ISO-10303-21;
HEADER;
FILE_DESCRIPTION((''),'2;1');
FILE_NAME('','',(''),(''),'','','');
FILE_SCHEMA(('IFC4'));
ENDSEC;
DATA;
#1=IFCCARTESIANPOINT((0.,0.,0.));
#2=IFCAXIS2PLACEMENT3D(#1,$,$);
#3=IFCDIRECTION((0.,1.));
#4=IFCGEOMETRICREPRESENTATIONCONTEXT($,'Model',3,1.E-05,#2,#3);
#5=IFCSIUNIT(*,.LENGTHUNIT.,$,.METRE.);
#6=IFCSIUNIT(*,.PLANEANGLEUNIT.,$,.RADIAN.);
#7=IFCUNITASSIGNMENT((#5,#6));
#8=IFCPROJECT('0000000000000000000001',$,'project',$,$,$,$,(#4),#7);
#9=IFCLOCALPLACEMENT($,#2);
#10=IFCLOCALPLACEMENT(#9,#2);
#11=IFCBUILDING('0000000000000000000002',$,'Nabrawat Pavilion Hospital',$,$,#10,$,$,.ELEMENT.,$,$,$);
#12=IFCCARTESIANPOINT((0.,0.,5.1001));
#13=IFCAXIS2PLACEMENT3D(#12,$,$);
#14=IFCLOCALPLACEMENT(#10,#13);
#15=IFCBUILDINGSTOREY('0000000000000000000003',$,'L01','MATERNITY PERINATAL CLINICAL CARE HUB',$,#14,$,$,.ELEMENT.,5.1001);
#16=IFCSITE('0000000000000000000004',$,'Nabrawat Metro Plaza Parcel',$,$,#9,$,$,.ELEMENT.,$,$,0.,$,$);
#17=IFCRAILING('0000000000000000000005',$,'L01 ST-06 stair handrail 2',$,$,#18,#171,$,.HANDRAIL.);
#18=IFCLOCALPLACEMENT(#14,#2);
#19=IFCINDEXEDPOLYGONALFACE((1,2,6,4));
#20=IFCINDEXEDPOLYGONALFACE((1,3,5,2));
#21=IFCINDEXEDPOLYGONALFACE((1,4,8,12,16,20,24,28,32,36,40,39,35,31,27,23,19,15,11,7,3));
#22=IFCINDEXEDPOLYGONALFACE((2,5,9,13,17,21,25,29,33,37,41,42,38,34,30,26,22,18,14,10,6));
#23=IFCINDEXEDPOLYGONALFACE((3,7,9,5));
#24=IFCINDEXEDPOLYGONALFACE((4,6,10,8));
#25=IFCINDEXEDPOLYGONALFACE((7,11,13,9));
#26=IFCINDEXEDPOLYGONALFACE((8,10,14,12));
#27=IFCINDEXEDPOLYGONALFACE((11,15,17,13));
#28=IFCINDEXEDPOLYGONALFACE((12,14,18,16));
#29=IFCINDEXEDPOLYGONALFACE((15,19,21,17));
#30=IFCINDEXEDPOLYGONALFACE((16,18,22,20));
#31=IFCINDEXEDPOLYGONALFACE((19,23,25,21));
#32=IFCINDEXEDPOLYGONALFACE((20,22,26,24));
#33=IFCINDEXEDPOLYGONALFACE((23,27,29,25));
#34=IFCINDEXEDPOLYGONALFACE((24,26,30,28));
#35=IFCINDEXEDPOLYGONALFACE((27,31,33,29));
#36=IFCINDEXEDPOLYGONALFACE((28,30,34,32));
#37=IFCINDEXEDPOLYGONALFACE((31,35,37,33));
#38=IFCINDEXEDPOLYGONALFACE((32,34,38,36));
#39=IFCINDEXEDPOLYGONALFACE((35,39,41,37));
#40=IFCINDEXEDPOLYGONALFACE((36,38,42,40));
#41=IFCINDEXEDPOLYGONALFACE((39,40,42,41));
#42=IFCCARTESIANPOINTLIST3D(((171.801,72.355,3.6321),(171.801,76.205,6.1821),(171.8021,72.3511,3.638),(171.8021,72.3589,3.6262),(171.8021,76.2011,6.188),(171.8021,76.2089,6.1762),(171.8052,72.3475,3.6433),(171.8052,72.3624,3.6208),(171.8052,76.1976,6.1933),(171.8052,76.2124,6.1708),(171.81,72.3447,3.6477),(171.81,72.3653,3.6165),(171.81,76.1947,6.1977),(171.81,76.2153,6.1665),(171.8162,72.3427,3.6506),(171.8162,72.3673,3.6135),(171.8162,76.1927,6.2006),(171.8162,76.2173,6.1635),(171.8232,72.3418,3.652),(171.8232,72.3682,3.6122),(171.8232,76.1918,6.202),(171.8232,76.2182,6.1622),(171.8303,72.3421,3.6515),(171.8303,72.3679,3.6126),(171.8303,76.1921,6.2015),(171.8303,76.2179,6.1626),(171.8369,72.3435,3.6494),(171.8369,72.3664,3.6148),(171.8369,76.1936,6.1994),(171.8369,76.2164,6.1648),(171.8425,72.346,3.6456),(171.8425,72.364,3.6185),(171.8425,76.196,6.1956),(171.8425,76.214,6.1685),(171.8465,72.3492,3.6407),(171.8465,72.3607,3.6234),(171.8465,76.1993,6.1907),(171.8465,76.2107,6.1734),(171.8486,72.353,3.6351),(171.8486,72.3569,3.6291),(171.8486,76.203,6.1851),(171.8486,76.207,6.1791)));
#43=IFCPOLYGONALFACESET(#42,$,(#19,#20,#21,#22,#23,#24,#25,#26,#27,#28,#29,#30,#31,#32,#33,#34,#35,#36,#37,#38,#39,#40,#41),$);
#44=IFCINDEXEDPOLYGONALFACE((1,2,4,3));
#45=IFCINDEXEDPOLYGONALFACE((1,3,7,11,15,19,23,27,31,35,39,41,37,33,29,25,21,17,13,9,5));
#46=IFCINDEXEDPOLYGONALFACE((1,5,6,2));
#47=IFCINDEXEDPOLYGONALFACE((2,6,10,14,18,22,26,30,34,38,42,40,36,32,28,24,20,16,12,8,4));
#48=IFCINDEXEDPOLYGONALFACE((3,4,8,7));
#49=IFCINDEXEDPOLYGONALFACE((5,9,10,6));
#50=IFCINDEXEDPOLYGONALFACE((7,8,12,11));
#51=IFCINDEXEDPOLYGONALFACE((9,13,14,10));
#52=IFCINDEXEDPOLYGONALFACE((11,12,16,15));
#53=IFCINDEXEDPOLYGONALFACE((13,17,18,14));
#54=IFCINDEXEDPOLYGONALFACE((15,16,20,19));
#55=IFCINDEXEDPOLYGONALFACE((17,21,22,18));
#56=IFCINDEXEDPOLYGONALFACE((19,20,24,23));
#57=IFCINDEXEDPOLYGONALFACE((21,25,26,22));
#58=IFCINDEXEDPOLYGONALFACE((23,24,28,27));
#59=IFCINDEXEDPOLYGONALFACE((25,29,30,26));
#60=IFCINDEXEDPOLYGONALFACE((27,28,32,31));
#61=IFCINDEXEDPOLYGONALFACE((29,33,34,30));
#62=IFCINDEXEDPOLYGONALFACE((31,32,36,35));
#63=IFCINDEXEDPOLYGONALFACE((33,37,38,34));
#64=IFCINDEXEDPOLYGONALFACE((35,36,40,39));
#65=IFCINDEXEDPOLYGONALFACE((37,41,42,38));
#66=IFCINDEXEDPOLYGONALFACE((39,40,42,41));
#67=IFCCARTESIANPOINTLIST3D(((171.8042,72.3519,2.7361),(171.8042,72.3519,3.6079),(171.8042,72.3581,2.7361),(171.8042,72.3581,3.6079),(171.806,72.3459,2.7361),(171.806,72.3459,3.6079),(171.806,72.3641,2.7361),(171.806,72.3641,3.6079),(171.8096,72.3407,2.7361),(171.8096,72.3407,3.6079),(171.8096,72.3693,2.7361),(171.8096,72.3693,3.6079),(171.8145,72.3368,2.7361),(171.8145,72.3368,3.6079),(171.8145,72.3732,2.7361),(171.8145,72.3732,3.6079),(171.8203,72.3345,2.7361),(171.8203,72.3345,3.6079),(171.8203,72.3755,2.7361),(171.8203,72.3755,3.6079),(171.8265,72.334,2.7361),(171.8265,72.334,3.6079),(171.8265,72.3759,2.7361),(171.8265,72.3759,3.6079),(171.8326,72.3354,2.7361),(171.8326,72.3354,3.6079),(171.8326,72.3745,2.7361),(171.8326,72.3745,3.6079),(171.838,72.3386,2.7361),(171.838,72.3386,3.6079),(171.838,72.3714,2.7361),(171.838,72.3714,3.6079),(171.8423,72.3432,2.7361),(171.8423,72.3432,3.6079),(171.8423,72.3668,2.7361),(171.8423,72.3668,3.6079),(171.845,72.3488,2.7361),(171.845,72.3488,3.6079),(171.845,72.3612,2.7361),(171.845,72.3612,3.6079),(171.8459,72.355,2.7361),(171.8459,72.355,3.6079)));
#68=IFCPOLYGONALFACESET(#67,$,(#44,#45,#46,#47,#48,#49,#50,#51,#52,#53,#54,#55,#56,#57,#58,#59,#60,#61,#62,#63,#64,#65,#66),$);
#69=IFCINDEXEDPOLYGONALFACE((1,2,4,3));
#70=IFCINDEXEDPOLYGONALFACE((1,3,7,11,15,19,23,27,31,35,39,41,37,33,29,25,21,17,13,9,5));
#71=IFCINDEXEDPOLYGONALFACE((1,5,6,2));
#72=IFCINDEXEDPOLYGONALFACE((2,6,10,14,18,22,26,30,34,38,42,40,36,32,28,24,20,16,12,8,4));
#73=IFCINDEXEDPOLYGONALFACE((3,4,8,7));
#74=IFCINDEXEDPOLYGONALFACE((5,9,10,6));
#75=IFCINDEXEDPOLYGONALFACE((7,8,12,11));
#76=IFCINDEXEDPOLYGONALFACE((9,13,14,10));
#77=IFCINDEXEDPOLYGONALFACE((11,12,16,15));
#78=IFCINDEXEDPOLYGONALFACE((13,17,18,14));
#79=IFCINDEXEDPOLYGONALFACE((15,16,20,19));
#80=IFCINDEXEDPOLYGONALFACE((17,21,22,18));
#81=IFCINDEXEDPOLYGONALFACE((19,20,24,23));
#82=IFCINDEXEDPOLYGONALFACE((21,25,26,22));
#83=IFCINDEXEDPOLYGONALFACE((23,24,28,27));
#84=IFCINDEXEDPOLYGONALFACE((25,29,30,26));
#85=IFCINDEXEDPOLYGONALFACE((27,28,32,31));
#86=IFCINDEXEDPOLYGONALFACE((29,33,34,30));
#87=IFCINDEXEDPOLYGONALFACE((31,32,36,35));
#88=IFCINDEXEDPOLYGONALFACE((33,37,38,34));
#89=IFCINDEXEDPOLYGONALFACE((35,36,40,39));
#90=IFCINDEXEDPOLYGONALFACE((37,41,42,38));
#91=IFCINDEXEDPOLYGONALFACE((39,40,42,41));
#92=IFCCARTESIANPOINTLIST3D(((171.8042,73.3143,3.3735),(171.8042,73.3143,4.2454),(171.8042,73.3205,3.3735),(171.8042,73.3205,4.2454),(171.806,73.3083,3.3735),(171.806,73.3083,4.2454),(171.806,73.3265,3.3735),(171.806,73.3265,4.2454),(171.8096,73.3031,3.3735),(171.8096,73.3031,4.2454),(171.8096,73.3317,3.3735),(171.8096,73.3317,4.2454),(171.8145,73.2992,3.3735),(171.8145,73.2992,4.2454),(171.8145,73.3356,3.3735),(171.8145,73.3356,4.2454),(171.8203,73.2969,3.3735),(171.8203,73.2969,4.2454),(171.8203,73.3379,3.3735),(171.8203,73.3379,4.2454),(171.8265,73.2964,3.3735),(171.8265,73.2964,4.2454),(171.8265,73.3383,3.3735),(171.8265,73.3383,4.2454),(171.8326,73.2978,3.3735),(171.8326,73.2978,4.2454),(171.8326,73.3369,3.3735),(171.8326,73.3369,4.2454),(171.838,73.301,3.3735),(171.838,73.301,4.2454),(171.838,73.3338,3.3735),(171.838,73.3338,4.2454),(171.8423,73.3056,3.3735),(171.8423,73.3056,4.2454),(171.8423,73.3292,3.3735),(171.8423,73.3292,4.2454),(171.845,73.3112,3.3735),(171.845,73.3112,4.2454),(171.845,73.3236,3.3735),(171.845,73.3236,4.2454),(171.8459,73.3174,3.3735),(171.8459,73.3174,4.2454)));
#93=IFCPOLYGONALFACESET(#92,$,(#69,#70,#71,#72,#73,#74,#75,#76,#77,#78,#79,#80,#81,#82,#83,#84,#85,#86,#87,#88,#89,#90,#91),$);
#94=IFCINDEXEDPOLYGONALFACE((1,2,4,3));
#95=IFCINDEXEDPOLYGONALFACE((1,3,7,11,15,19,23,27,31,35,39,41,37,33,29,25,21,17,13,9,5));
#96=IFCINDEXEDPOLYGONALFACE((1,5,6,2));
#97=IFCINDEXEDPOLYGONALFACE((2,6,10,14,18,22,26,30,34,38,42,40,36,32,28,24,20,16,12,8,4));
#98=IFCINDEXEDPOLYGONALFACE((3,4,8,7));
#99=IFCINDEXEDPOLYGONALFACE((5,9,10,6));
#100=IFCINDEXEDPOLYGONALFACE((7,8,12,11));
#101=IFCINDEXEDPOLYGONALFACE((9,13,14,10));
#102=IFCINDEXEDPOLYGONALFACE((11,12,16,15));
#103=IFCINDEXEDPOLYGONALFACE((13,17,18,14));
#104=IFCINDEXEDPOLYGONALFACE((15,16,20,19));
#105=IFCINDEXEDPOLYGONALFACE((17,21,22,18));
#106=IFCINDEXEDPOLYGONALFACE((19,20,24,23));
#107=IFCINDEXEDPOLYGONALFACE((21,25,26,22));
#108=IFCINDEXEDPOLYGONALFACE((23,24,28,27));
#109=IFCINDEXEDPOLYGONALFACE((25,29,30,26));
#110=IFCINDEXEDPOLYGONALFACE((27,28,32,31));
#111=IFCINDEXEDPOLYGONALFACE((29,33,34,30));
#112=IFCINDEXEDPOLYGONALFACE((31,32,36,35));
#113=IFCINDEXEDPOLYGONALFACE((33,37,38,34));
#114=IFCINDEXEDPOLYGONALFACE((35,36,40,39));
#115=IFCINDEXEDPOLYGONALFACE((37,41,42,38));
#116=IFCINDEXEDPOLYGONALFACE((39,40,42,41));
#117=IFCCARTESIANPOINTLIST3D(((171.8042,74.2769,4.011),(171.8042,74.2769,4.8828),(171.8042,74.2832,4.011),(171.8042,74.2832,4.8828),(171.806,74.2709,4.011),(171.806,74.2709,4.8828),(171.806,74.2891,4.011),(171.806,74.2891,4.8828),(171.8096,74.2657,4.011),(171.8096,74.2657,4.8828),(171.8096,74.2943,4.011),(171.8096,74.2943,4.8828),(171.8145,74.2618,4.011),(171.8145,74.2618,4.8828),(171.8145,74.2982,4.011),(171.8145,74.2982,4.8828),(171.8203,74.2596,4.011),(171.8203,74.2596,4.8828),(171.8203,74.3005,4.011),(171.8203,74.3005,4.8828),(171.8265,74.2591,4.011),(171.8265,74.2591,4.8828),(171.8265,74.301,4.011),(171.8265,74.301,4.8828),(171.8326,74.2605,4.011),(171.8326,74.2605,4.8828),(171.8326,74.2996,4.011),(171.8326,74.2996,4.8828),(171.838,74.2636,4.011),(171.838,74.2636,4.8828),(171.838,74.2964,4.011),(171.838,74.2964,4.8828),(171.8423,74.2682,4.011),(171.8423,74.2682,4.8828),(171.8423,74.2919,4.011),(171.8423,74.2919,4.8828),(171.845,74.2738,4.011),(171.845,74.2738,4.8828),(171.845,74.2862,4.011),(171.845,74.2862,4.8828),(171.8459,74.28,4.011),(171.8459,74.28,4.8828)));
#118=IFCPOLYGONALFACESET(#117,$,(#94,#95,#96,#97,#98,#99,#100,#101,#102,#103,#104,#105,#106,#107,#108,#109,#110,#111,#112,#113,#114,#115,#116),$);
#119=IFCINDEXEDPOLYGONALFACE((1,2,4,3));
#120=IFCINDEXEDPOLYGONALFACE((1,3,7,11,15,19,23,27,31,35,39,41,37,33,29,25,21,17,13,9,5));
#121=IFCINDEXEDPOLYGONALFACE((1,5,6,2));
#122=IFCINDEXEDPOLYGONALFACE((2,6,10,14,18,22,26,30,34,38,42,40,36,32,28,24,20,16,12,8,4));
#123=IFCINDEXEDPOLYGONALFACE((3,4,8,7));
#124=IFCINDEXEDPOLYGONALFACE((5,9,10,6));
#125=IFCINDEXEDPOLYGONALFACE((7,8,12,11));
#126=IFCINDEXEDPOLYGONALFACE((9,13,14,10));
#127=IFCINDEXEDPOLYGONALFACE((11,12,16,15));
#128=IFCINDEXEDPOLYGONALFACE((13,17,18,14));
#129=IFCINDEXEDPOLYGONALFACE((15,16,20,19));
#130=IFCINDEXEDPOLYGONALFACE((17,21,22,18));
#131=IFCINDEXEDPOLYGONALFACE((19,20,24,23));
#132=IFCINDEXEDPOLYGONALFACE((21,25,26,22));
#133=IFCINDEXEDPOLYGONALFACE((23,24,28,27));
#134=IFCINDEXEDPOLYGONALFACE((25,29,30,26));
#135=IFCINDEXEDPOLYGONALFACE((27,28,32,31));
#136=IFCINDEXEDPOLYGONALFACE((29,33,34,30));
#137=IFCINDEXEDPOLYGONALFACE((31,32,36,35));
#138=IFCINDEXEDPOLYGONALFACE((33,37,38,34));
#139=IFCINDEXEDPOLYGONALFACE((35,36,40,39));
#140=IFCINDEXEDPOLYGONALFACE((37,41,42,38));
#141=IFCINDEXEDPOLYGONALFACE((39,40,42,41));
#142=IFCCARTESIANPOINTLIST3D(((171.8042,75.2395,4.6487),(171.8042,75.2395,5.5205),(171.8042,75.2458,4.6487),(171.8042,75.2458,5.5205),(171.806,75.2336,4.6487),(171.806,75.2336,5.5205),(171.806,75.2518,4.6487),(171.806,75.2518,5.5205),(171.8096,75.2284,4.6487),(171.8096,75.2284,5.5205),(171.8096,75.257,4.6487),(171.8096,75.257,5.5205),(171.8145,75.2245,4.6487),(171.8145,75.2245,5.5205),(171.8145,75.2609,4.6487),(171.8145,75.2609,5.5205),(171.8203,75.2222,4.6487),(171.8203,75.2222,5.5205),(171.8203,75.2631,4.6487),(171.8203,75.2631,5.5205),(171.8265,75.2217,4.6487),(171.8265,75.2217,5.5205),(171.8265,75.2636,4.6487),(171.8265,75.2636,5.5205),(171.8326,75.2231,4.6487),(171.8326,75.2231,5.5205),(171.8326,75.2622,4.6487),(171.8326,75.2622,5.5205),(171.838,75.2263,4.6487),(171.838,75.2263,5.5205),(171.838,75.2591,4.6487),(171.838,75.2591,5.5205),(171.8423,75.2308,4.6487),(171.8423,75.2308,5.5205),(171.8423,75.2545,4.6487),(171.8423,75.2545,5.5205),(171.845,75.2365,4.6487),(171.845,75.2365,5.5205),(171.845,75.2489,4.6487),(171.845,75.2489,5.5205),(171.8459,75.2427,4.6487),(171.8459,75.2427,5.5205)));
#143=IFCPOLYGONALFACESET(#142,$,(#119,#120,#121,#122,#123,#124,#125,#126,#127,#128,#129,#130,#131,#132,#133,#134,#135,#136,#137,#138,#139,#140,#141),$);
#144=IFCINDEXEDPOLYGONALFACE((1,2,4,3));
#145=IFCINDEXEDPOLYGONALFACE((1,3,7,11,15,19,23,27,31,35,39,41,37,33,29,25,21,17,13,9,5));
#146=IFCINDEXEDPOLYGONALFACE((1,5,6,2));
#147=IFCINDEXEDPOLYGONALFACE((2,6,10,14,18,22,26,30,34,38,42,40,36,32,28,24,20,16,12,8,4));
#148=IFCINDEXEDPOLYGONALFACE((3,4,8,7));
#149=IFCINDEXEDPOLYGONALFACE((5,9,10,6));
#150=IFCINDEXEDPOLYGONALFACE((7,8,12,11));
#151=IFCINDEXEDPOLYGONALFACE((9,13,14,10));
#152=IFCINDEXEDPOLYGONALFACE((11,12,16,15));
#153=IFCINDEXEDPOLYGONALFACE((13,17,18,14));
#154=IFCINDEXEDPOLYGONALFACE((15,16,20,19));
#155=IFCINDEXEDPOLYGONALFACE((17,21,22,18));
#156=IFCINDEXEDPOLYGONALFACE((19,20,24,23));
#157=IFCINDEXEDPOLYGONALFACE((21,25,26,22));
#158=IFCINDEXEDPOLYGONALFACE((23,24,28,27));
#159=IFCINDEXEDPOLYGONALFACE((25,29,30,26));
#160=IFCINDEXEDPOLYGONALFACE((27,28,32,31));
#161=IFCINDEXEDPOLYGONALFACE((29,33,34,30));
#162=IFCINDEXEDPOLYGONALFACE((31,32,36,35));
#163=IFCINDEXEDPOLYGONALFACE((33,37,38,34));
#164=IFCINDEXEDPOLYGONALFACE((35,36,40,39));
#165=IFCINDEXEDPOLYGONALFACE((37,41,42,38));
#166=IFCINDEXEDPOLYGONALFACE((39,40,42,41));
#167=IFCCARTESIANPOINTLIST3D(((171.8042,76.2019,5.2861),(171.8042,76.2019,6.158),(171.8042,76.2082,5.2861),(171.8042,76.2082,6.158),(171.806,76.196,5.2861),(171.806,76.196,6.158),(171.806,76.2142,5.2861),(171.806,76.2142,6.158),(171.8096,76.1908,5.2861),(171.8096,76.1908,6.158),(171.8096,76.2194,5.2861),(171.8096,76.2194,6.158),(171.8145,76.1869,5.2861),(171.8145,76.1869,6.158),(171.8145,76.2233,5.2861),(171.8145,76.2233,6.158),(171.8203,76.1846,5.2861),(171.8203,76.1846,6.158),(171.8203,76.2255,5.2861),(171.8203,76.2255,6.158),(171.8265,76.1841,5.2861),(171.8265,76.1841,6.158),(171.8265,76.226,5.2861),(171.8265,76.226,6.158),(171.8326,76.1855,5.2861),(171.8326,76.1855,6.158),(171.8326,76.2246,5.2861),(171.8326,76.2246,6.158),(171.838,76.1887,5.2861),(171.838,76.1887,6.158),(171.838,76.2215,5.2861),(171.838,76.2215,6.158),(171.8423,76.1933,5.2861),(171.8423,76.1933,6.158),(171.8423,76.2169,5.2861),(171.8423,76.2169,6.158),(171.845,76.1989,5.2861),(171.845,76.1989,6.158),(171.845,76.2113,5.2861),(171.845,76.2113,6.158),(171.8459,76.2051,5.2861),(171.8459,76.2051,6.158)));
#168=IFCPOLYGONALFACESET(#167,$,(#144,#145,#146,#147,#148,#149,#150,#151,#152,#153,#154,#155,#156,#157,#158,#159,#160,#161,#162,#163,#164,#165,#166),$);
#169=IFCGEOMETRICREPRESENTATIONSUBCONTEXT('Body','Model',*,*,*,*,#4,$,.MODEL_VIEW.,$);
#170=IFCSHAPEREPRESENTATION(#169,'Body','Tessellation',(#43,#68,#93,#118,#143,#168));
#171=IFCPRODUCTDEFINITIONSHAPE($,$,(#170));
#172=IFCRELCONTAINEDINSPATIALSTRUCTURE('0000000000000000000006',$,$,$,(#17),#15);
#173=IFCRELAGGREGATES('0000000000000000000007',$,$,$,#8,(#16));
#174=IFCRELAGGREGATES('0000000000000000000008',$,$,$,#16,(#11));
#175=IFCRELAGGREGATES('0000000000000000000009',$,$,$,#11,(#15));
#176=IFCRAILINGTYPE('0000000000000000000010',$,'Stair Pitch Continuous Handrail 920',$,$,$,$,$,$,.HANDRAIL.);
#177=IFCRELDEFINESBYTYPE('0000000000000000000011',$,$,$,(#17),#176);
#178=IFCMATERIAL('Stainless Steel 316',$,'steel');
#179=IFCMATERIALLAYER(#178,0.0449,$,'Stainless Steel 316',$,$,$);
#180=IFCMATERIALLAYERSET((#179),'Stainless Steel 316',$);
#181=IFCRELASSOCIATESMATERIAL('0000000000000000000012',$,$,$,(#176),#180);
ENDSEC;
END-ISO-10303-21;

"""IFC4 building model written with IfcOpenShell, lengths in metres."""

from ifc_helpers import new_model, si_unit, direction, frame, origin, origin_2d, place, context, subcontext, project, spatial, circle, extrude, material, layer, layer_set, type_object, element, save


model = new_model("IFC4")

# Units and contexts
model_context = context("Model", 3, precision=1e-05, world=origin(), true_north=direction((0.0, 1.0)))
body_context = subcontext(model_context, "Body", "Model", "MODEL_VIEW")
ifc_project = project(units=[si_unit("LENGTHUNIT", "METRE"), si_unit("PLANEANGLEUNIT", "RADIAN")], contexts=[model_context])

# Site, building, storey
site_placement = place(None, origin())
site = spatial("IfcSite", under=ifc_project, at=site_placement, Name="Nabrawat Metro Plaza Parcel", CompositionType="ELEMENT", RefElevation=0.0)
building_placement = place(site_placement, origin())
building = spatial("IfcBuilding", under=site, at=building_placement, Name="Nabrawat Pavilion Hospital", CompositionType="ELEMENT")
storey_placement = place(building_placement, frame((0.0, 0.0, 5.1001)))
storey = spatial("IfcBuildingStorey", under=building, at=storey_placement, Name="L01", Description="MATERNITY PERINATAL CLINICAL CARE HUB", CompositionType="ELEMENT", Elevation=5.1001)

# Railing
ifc_material_1 = material(Name="Stainless Steel 316", Category="steel")
ifc_layer_1 = layer(ifc_material_1, 0.0449, Name="Stainless Steel 316")
ifc_layer_set_1 = layer_set([ifc_layer_1], Name="Stainless Steel 316")
railing_type_1 = type_object("IfcRailingType", Name="Stair Pitch Continuous Handrail 920", PredefinedType="HANDRAIL", material=ifc_layer_set_1)
railing_1_placement = place(storey_placement, frame((171.825, 72.355, 2.7361)))
element("IfcRailing", 1, at=railing_1_placement, inside=storey, type_object=railing_type_1, Name="L01 ST-06 stair handrail 2", PredefinedType="HANDRAIL", context=body_context, shape_type="SweptSolid", body=[
    extrude(circle(Radius=0.0239, at=origin_2d()), frame((0.0, 0.0, 0.896), z_axis=(0.0, 0.833714, 0.552197), x_axis=(-1.0, 0.0, 0.0)), (0.0, 0.0, 1.0), 4.6179),
    extrude(circle(Radius=0.021, at=origin_2d()), origin(), (0.0, 0.0, 1.0), 0.8718),
    extrude(circle(Radius=0.021, at=origin_2d()), frame((0.0, 0.9624, 0.6375)), (0.0, 0.0, 1.0), 0.8718),
    extrude(circle(Radius=0.021, at=origin_2d()), frame((0.0, 1.925, 1.2749)), (0.0, 0.0, 1.0), 0.8718),
    extrude(circle(Radius=0.021, at=origin_2d()), frame((0.0, 2.8877, 1.9126)), (0.0, 0.0, 1.0), 0.8718),
    extrude(circle(Radius=0.021, at=origin_2d()), frame((0.0, 3.8501, 2.55)), (0.0, 0.0, 1.0), 0.8718),
])

save(model, "model.ifc")
